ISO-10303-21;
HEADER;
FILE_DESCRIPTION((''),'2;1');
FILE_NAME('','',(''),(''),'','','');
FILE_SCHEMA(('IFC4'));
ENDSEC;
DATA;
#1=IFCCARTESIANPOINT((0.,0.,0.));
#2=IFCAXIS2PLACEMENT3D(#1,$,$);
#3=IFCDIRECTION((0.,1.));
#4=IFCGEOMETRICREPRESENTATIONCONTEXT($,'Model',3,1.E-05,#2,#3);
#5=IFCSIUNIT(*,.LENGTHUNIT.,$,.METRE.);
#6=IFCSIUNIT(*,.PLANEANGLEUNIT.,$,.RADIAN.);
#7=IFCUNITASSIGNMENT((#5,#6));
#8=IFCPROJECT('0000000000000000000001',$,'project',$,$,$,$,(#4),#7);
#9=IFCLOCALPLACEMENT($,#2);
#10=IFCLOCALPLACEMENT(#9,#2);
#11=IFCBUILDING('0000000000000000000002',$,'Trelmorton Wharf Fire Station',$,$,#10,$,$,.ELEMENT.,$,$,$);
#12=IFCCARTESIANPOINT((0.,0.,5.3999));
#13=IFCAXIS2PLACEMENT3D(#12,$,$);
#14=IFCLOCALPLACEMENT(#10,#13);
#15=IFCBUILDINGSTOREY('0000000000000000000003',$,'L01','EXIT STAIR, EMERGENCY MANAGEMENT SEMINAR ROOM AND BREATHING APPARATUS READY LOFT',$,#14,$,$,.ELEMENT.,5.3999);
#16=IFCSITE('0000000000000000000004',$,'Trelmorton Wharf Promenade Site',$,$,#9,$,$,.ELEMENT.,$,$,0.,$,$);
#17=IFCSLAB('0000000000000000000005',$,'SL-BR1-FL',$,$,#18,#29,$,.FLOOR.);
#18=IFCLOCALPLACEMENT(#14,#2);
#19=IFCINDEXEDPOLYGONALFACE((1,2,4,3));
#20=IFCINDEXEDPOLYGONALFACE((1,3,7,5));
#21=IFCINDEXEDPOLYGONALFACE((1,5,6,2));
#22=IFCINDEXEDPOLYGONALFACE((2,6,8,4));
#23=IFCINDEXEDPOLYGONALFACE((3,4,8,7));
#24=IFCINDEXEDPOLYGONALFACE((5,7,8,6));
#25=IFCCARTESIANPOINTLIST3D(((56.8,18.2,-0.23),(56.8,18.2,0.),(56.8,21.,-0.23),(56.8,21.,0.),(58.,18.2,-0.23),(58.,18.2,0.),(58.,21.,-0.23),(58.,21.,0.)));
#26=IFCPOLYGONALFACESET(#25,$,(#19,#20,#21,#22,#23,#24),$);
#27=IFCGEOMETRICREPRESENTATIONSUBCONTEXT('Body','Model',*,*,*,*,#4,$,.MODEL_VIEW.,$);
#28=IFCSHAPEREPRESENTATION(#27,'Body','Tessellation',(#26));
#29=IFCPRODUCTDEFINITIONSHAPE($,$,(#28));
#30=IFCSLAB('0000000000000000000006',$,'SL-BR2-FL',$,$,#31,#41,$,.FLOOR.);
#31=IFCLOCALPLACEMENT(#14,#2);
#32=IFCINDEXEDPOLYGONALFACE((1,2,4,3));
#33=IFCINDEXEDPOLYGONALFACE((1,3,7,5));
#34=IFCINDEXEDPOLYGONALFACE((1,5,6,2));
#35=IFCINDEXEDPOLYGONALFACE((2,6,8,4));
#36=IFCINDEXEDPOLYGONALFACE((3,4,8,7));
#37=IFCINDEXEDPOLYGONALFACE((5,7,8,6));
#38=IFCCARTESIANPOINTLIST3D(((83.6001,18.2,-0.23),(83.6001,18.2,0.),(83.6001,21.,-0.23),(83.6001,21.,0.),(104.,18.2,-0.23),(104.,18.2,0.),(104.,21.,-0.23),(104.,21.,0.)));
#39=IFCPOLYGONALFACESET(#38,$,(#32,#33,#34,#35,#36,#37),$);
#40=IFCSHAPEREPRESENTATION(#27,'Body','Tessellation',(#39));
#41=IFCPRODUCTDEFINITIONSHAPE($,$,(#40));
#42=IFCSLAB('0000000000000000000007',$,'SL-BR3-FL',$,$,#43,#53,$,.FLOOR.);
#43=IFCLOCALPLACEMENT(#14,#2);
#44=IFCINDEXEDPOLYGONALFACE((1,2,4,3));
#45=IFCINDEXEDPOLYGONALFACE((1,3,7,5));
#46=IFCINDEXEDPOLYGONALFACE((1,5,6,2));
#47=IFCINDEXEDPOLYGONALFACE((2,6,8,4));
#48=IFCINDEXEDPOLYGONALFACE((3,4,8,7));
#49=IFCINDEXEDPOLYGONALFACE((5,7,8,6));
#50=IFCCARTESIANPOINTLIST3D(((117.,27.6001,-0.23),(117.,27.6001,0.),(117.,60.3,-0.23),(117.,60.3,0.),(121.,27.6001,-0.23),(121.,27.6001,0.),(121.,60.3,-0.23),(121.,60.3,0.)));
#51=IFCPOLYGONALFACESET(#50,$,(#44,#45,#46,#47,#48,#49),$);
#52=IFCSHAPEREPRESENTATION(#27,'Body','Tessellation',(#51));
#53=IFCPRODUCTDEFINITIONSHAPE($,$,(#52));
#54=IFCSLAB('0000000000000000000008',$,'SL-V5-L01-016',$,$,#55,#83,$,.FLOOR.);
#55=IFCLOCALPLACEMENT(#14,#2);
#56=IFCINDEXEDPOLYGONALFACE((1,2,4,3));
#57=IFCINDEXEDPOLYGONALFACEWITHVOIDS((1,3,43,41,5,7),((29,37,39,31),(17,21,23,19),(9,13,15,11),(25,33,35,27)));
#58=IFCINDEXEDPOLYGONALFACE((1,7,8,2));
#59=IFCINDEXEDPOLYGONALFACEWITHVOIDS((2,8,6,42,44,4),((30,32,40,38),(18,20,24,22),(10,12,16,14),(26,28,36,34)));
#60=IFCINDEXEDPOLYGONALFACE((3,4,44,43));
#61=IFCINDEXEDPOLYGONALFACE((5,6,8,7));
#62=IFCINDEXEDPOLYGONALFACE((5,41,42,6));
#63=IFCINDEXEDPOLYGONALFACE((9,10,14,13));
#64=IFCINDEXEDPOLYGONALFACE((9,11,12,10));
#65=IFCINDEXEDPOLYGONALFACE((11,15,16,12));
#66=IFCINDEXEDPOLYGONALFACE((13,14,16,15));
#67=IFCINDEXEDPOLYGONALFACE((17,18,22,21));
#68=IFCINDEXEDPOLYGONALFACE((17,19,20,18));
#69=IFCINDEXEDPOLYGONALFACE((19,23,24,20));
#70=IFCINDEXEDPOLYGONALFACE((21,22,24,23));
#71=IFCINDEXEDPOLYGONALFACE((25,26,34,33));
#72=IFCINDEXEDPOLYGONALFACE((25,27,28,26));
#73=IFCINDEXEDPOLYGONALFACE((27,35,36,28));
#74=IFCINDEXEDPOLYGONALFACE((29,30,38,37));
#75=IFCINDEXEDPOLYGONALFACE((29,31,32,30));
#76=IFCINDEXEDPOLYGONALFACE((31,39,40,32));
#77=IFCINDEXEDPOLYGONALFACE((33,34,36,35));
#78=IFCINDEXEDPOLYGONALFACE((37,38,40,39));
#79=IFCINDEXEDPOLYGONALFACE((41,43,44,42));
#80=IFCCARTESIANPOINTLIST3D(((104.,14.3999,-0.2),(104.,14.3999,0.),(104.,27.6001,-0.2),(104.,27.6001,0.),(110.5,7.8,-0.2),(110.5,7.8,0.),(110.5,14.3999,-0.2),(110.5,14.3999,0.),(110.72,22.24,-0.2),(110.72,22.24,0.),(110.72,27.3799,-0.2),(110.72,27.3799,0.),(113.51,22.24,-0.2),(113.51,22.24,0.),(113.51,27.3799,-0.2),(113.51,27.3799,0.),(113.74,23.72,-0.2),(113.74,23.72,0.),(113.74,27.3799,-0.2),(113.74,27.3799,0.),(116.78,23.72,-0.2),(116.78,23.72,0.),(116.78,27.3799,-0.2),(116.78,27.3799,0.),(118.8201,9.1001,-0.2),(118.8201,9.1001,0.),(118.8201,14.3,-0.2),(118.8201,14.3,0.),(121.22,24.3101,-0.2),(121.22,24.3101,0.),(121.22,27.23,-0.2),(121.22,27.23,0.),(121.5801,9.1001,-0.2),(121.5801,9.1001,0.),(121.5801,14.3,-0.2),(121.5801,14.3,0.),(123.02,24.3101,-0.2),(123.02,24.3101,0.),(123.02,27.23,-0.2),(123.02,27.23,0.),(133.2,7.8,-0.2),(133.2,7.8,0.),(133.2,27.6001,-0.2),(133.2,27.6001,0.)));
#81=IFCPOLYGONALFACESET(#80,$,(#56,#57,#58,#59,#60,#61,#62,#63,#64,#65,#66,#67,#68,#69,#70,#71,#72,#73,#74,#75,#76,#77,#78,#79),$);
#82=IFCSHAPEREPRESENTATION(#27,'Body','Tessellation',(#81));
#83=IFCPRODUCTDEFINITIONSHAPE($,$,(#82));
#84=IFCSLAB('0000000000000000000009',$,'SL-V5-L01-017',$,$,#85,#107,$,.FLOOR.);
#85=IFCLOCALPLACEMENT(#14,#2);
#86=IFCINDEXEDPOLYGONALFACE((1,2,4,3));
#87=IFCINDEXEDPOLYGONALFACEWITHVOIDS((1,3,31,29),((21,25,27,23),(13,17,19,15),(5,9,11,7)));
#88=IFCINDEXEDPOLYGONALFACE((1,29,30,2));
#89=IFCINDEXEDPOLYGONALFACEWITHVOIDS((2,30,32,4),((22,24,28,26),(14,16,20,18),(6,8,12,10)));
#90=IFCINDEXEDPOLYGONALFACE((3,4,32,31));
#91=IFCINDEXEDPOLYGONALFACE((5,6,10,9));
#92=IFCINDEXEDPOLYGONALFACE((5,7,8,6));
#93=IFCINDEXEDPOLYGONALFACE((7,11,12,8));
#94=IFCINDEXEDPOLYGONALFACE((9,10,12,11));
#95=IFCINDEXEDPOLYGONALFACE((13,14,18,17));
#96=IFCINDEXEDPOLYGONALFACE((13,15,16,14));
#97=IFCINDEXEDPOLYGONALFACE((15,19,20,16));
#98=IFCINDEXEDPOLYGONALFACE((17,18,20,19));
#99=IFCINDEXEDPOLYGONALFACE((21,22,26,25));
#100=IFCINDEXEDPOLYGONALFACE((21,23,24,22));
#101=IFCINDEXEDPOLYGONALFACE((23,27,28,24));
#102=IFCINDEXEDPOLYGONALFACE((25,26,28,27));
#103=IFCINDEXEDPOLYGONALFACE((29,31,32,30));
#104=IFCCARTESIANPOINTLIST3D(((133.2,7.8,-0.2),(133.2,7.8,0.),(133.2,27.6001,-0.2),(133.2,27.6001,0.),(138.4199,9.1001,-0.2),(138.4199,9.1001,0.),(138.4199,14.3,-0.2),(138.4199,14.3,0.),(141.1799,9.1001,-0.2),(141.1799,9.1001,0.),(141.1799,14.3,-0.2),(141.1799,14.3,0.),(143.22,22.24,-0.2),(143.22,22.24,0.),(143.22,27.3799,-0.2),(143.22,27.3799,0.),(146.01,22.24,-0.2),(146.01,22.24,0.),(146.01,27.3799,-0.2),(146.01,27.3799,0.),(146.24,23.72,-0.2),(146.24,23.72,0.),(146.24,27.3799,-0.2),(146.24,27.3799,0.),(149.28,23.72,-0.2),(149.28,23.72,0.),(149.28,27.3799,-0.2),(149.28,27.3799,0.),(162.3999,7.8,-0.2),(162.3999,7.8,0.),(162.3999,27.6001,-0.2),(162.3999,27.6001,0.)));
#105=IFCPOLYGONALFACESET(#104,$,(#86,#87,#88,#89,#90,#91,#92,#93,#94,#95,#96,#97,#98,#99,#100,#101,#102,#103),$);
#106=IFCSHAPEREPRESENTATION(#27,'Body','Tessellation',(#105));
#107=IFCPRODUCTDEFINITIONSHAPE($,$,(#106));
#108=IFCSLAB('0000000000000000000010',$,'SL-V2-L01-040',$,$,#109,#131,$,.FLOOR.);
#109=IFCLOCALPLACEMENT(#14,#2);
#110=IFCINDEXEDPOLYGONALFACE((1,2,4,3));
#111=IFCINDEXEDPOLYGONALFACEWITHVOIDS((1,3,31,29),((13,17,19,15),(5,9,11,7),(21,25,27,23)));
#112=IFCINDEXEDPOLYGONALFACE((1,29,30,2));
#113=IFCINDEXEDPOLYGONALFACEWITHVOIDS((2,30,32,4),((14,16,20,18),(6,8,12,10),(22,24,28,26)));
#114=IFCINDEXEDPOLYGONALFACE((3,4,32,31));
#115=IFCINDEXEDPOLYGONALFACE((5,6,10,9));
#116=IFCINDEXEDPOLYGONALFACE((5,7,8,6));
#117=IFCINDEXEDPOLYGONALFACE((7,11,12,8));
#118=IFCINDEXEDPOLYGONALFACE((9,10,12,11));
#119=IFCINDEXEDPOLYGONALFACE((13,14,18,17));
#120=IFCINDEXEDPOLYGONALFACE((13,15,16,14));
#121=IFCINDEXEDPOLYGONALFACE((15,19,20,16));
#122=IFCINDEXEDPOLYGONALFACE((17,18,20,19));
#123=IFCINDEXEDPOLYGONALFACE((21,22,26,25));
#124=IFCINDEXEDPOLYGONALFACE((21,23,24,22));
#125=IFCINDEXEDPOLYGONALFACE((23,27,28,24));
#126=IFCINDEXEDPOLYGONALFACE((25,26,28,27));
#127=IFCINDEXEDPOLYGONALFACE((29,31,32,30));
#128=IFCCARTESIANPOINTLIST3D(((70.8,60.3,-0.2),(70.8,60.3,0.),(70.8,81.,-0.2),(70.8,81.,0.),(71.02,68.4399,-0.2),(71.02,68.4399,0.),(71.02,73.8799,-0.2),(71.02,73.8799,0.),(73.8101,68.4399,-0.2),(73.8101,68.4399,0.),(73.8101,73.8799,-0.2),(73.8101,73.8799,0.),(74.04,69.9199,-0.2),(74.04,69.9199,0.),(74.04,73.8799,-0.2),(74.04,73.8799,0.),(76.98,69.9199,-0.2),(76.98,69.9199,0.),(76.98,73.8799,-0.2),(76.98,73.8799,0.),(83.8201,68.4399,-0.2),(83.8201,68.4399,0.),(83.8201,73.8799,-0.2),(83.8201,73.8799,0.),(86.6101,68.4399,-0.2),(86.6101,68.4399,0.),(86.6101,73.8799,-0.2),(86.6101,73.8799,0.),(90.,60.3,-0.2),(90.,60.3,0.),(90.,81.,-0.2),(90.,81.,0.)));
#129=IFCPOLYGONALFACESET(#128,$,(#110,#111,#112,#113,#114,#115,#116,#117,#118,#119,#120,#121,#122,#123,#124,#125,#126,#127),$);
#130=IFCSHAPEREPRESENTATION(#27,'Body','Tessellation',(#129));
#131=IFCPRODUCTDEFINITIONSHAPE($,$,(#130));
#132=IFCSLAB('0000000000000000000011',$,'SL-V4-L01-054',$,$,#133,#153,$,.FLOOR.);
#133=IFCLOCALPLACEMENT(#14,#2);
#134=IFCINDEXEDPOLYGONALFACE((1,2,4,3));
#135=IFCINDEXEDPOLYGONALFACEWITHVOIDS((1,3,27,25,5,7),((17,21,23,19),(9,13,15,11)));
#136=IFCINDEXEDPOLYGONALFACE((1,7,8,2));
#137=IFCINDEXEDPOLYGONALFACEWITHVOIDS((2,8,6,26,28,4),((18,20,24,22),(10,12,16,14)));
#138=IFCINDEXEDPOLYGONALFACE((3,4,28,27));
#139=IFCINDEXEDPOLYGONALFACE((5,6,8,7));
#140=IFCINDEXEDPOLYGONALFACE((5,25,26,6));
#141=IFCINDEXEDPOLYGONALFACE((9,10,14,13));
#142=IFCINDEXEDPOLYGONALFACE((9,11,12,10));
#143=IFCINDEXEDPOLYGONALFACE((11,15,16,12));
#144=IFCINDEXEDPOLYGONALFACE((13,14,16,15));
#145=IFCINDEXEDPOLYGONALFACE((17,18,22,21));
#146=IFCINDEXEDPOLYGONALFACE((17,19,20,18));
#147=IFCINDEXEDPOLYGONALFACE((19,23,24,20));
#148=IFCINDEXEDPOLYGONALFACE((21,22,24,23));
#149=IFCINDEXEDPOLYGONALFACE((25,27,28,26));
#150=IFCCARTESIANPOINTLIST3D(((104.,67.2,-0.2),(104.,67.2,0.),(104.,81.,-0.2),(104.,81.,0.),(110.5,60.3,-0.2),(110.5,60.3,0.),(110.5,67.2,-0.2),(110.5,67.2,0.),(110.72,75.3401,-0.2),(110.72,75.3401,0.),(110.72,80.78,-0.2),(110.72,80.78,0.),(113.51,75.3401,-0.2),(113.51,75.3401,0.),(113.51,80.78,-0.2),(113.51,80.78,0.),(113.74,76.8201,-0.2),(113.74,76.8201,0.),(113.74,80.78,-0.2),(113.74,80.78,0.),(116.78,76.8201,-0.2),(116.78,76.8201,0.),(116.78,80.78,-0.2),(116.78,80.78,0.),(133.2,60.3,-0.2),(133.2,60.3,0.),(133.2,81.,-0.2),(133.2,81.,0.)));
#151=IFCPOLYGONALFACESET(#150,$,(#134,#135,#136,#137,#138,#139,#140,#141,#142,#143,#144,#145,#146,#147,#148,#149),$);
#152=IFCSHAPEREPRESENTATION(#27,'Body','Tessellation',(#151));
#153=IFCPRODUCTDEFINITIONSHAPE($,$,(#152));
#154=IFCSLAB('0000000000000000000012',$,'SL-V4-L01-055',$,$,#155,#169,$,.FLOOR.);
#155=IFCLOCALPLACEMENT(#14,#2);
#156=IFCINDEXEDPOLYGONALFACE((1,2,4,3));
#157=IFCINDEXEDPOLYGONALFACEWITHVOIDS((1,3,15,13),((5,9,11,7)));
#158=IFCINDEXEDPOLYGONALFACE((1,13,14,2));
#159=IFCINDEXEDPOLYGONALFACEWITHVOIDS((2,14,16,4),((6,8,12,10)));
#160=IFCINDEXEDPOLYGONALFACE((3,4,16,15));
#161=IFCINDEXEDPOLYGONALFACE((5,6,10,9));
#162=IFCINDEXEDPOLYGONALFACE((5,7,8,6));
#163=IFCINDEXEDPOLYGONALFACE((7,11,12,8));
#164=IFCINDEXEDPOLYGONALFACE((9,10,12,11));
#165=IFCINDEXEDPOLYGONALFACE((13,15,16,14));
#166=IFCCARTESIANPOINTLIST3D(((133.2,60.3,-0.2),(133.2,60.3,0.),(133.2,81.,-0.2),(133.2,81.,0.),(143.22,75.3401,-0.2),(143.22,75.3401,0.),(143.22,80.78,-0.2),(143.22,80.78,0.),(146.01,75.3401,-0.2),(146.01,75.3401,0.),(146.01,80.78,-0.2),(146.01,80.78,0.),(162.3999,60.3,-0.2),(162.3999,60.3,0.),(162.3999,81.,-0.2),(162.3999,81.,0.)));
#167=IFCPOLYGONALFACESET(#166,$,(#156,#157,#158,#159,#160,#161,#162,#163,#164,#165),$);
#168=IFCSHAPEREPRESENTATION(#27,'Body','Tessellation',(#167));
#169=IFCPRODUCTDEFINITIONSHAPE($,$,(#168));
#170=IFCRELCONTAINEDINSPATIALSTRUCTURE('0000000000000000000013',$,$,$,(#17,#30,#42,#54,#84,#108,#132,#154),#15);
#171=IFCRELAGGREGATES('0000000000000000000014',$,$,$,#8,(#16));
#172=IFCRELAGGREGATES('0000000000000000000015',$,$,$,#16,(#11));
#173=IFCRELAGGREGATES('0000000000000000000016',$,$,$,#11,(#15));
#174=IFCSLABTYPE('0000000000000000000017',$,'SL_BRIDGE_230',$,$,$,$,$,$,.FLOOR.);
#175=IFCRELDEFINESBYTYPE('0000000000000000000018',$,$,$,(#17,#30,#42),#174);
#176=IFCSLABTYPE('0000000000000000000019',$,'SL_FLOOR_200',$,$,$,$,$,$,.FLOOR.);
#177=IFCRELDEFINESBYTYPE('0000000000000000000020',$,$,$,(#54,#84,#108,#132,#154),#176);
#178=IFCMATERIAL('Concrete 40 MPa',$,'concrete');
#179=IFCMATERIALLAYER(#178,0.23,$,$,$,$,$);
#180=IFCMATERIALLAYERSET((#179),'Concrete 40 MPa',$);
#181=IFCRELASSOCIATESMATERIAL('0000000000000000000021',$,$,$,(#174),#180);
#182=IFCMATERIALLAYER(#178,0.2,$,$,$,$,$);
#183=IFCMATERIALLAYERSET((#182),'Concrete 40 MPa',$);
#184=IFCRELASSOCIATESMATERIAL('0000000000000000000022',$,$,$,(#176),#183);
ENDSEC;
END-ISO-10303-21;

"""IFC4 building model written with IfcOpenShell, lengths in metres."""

from ifc_helpers import new_model, si_unit, direction, frame, origin, place, context, subcontext, project, spatial, polyline, outline, extrude, material, layer, layer_set, type_object, element, save


model = new_model("IFC4")

# Units and contexts
model_context = context("Model", 3, precision=1e-05, world=origin(), true_north=direction((0.0, 1.0)))
body_context = subcontext(model_context, "Body", "Model", "MODEL_VIEW")
ifc_project = project(units=[si_unit("LENGTHUNIT", "METRE"), si_unit("PLANEANGLEUNIT", "RADIAN")], contexts=[model_context])

# Site, building, storey
site_placement = place(None, origin())
site = spatial("IfcSite", under=ifc_project, at=site_placement, Name="Trelmorton Wharf Promenade Site", CompositionType="ELEMENT", RefElevation=0.0)
building_placement = place(site_placement, origin())
building = spatial("IfcBuilding", under=site, at=building_placement, Name="Trelmorton Wharf Fire Station", CompositionType="ELEMENT")
storey_placement = place(building_placement, frame((0.0, 0.0, 5.3999)))
storey = spatial("IfcBuildingStorey", under=building, at=storey_placement, Name="L01", Description="EXIT STAIR, EMERGENCY MANAGEMENT SEMINAR ROOM AND BREATHING APPARATUS READY LOFT", CompositionType="ELEMENT", Elevation=5.3999)

# Slabs
ifc_material_1 = material(Name="Concrete 40 MPa", Category="concrete")
ifc_layer_1 = layer(ifc_material_1, 0.23)
ifc_layer_set_1 = layer_set([ifc_layer_1], Name="Concrete 40 MPa")
slab_type_1 = type_object("IfcSlabType", Name="SL_BRIDGE_230", PredefinedType="FLOOR", material=ifc_layer_set_1)
slab_1_placement = place(storey_placement, frame((0.0, 0.0, -0.23)))
element("IfcSlab", 1, at=slab_1_placement, inside=storey, type_object=slab_type_1, Name="SL-BR1-FL", PredefinedType="FLOOR", context=body_context, shape_type="SweptSolid", body=[
    extrude(outline(polyline([(58.0, 18.2), (58.0, 21.0), (56.8, 21.0), (56.8, 18.2), (58.0, 18.2)])), origin(), (0.0, 0.0, 1.0), 0.23),
])
slab_2_placement = place(storey_placement, frame((0.0, 0.0, -0.23)))
element("IfcSlab", 2, at=slab_2_placement, inside=storey, type_object=slab_type_1, Name="SL-BR2-FL", PredefinedType="FLOOR", context=body_context, shape_type="SweptSolid", body=[
    extrude(outline(polyline([(104.0, 18.2), (104.0, 21.0), (83.6001, 21.0), (83.6001, 18.2), (104.0, 18.2)])), origin(), (0.0, 0.0, 1.0), 0.23),
])
slab_3_placement = place(storey_placement, frame((0.0, 0.0, -0.23)))
element("IfcSlab", 3, at=slab_3_placement, inside=storey, type_object=slab_type_1, Name="SL-BR3-FL", PredefinedType="FLOOR", context=body_context, shape_type="SweptSolid", body=[
    extrude(outline(polyline([(121.0, 27.6001), (121.0, 60.3), (117.0, 60.3), (117.0, 27.6001), (121.0, 27.6001)])), origin(), (0.0, 0.0, 1.0), 0.23),
])
ifc_layer_2 = layer(ifc_material_1, 0.2)
ifc_layer_set_2 = layer_set([ifc_layer_2], Name="Concrete 40 MPa")
slab_type_2 = type_object("IfcSlabType", Name="SL_FLOOR_200", PredefinedType="FLOOR", material=ifc_layer_set_2)
slab_4_placement = place(storey_placement, frame((0.0, 0.0, -0.2)))
element("IfcSlab", 4, at=slab_4_placement, inside=storey, type_object=slab_type_2, Name="SL-V5-L01-016", PredefinedType="FLOOR", context=body_context, shape_type="SweptSolid", body=[
    extrude(outline(polyline([(110.5, 7.8), (110.5, 14.3999), (104.0, 14.3999), (104.0, 27.6001), (133.2, 27.6001), (133.2, 7.8), (110.5, 7.8)]), holes=[polyline([(113.51, 22.24), (113.51, 27.3799), (110.72, 27.3799), (110.72, 22.24), (113.51, 22.24)]), polyline([(113.74, 23.72), (116.78, 23.72), (116.78, 27.3799), (113.74, 27.3799), (113.74, 23.72)]), polyline([(121.22, 27.23), (121.22, 24.3101), (123.02, 24.3101), (123.02, 27.23), (121.22, 27.23)]), polyline([(118.8201, 9.1001), (121.5801, 9.1001), (121.5801, 14.3), (118.8201, 14.3), (118.8201, 9.1001)])]), origin(), (0.0, 0.0, 1.0), 0.2),
])
slab_5_placement = place(storey_placement, frame((0.0, 0.0, -0.2)))
element("IfcSlab", 5, at=slab_5_placement, inside=storey, type_object=slab_type_2, Name="SL-V5-L01-017", PredefinedType="FLOOR", context=body_context, shape_type="SweptSolid", body=[
    extrude(outline(polyline([(162.3999, 7.8), (133.2, 7.8), (133.2, 27.6001), (162.3999, 27.6001), (162.3999, 7.8)]), holes=[polyline([(146.01, 27.3799), (143.22, 27.3799), (143.22, 22.24), (146.01, 22.24), (146.01, 27.3799)]), polyline([(149.28, 23.72), (149.28, 27.3799), (146.24, 27.3799), (146.24, 23.72), (149.28, 23.72)]), polyline([(138.4199, 14.3), (138.4199, 9.1001), (141.1799, 9.1001), (141.1799, 14.3), (138.4199, 14.3)])]), origin(), (0.0, 0.0, 1.0), 0.2),
])
slab_6_placement = place(storey_placement, frame((0.0, 0.0, -0.2)))
element("IfcSlab", 6, at=slab_6_placement, inside=storey, type_object=slab_type_2, Name="SL-V2-L01-040", PredefinedType="FLOOR", context=body_context, shape_type="SweptSolid", body=[
    extrude(outline(polyline([(90.0, 81.0), (90.0, 60.3), (70.8, 60.3), (70.8, 81.0), (90.0, 81.0)]), holes=[polyline([(71.02, 68.4399), (73.8101, 68.4399), (73.8101, 73.8799), (71.02, 73.8799), (71.02, 68.4399)]), polyline([(74.04, 73.8799), (74.04, 69.9199), (76.98, 69.9199), (76.98, 73.8799), (74.04, 73.8799)]), polyline([(86.6101, 73.8799), (83.8201, 73.8799), (83.8201, 68.4399), (86.6101, 68.4399), (86.6101, 73.8799)])]), origin(), (0.0, 0.0, 1.0), 0.2),
])
slab_7_placement = place(storey_placement, frame((0.0, 0.0, -0.2)))
element("IfcSlab", 7, at=slab_7_placement, inside=storey, type_object=slab_type_2, Name="SL-V4-L01-054", PredefinedType="FLOOR", context=body_context, shape_type="SweptSolid", body=[
    extrude(outline(polyline([(110.5, 67.2), (104.0, 67.2), (104.0, 81.0), (133.2, 81.0), (133.2, 60.3), (110.5, 60.3), (110.5, 67.2)]), holes=[polyline([(113.51, 75.3401), (113.51, 80.78), (110.72, 80.78), (110.72, 75.3401), (113.51, 75.3401)]), polyline([(113.74, 76.8201), (116.78, 76.8201), (116.78, 80.78), (113.74, 80.78), (113.74, 76.8201)])]), origin(), (0.0, 0.0, 1.0), 0.2),
])
slab_8_placement = place(storey_placement, frame((0.0, 0.0, -0.2)))
element("IfcSlab", 8, at=slab_8_placement, inside=storey, type_object=slab_type_2, Name="SL-V4-L01-055", PredefinedType="FLOOR", context=body_context, shape_type="SweptSolid", body=[
    extrude(outline(polyline([(162.3999, 81.0), (162.3999, 60.3), (133.2, 60.3), (133.2, 81.0), (162.3999, 81.0)]), holes=[polyline([(143.22, 80.78), (143.22, 75.3401), (146.01, 75.3401), (146.01, 80.78), (143.22, 80.78)])]), origin(), (0.0, 0.0, 1.0), 0.2),
])

save(model, "model.ifc")
